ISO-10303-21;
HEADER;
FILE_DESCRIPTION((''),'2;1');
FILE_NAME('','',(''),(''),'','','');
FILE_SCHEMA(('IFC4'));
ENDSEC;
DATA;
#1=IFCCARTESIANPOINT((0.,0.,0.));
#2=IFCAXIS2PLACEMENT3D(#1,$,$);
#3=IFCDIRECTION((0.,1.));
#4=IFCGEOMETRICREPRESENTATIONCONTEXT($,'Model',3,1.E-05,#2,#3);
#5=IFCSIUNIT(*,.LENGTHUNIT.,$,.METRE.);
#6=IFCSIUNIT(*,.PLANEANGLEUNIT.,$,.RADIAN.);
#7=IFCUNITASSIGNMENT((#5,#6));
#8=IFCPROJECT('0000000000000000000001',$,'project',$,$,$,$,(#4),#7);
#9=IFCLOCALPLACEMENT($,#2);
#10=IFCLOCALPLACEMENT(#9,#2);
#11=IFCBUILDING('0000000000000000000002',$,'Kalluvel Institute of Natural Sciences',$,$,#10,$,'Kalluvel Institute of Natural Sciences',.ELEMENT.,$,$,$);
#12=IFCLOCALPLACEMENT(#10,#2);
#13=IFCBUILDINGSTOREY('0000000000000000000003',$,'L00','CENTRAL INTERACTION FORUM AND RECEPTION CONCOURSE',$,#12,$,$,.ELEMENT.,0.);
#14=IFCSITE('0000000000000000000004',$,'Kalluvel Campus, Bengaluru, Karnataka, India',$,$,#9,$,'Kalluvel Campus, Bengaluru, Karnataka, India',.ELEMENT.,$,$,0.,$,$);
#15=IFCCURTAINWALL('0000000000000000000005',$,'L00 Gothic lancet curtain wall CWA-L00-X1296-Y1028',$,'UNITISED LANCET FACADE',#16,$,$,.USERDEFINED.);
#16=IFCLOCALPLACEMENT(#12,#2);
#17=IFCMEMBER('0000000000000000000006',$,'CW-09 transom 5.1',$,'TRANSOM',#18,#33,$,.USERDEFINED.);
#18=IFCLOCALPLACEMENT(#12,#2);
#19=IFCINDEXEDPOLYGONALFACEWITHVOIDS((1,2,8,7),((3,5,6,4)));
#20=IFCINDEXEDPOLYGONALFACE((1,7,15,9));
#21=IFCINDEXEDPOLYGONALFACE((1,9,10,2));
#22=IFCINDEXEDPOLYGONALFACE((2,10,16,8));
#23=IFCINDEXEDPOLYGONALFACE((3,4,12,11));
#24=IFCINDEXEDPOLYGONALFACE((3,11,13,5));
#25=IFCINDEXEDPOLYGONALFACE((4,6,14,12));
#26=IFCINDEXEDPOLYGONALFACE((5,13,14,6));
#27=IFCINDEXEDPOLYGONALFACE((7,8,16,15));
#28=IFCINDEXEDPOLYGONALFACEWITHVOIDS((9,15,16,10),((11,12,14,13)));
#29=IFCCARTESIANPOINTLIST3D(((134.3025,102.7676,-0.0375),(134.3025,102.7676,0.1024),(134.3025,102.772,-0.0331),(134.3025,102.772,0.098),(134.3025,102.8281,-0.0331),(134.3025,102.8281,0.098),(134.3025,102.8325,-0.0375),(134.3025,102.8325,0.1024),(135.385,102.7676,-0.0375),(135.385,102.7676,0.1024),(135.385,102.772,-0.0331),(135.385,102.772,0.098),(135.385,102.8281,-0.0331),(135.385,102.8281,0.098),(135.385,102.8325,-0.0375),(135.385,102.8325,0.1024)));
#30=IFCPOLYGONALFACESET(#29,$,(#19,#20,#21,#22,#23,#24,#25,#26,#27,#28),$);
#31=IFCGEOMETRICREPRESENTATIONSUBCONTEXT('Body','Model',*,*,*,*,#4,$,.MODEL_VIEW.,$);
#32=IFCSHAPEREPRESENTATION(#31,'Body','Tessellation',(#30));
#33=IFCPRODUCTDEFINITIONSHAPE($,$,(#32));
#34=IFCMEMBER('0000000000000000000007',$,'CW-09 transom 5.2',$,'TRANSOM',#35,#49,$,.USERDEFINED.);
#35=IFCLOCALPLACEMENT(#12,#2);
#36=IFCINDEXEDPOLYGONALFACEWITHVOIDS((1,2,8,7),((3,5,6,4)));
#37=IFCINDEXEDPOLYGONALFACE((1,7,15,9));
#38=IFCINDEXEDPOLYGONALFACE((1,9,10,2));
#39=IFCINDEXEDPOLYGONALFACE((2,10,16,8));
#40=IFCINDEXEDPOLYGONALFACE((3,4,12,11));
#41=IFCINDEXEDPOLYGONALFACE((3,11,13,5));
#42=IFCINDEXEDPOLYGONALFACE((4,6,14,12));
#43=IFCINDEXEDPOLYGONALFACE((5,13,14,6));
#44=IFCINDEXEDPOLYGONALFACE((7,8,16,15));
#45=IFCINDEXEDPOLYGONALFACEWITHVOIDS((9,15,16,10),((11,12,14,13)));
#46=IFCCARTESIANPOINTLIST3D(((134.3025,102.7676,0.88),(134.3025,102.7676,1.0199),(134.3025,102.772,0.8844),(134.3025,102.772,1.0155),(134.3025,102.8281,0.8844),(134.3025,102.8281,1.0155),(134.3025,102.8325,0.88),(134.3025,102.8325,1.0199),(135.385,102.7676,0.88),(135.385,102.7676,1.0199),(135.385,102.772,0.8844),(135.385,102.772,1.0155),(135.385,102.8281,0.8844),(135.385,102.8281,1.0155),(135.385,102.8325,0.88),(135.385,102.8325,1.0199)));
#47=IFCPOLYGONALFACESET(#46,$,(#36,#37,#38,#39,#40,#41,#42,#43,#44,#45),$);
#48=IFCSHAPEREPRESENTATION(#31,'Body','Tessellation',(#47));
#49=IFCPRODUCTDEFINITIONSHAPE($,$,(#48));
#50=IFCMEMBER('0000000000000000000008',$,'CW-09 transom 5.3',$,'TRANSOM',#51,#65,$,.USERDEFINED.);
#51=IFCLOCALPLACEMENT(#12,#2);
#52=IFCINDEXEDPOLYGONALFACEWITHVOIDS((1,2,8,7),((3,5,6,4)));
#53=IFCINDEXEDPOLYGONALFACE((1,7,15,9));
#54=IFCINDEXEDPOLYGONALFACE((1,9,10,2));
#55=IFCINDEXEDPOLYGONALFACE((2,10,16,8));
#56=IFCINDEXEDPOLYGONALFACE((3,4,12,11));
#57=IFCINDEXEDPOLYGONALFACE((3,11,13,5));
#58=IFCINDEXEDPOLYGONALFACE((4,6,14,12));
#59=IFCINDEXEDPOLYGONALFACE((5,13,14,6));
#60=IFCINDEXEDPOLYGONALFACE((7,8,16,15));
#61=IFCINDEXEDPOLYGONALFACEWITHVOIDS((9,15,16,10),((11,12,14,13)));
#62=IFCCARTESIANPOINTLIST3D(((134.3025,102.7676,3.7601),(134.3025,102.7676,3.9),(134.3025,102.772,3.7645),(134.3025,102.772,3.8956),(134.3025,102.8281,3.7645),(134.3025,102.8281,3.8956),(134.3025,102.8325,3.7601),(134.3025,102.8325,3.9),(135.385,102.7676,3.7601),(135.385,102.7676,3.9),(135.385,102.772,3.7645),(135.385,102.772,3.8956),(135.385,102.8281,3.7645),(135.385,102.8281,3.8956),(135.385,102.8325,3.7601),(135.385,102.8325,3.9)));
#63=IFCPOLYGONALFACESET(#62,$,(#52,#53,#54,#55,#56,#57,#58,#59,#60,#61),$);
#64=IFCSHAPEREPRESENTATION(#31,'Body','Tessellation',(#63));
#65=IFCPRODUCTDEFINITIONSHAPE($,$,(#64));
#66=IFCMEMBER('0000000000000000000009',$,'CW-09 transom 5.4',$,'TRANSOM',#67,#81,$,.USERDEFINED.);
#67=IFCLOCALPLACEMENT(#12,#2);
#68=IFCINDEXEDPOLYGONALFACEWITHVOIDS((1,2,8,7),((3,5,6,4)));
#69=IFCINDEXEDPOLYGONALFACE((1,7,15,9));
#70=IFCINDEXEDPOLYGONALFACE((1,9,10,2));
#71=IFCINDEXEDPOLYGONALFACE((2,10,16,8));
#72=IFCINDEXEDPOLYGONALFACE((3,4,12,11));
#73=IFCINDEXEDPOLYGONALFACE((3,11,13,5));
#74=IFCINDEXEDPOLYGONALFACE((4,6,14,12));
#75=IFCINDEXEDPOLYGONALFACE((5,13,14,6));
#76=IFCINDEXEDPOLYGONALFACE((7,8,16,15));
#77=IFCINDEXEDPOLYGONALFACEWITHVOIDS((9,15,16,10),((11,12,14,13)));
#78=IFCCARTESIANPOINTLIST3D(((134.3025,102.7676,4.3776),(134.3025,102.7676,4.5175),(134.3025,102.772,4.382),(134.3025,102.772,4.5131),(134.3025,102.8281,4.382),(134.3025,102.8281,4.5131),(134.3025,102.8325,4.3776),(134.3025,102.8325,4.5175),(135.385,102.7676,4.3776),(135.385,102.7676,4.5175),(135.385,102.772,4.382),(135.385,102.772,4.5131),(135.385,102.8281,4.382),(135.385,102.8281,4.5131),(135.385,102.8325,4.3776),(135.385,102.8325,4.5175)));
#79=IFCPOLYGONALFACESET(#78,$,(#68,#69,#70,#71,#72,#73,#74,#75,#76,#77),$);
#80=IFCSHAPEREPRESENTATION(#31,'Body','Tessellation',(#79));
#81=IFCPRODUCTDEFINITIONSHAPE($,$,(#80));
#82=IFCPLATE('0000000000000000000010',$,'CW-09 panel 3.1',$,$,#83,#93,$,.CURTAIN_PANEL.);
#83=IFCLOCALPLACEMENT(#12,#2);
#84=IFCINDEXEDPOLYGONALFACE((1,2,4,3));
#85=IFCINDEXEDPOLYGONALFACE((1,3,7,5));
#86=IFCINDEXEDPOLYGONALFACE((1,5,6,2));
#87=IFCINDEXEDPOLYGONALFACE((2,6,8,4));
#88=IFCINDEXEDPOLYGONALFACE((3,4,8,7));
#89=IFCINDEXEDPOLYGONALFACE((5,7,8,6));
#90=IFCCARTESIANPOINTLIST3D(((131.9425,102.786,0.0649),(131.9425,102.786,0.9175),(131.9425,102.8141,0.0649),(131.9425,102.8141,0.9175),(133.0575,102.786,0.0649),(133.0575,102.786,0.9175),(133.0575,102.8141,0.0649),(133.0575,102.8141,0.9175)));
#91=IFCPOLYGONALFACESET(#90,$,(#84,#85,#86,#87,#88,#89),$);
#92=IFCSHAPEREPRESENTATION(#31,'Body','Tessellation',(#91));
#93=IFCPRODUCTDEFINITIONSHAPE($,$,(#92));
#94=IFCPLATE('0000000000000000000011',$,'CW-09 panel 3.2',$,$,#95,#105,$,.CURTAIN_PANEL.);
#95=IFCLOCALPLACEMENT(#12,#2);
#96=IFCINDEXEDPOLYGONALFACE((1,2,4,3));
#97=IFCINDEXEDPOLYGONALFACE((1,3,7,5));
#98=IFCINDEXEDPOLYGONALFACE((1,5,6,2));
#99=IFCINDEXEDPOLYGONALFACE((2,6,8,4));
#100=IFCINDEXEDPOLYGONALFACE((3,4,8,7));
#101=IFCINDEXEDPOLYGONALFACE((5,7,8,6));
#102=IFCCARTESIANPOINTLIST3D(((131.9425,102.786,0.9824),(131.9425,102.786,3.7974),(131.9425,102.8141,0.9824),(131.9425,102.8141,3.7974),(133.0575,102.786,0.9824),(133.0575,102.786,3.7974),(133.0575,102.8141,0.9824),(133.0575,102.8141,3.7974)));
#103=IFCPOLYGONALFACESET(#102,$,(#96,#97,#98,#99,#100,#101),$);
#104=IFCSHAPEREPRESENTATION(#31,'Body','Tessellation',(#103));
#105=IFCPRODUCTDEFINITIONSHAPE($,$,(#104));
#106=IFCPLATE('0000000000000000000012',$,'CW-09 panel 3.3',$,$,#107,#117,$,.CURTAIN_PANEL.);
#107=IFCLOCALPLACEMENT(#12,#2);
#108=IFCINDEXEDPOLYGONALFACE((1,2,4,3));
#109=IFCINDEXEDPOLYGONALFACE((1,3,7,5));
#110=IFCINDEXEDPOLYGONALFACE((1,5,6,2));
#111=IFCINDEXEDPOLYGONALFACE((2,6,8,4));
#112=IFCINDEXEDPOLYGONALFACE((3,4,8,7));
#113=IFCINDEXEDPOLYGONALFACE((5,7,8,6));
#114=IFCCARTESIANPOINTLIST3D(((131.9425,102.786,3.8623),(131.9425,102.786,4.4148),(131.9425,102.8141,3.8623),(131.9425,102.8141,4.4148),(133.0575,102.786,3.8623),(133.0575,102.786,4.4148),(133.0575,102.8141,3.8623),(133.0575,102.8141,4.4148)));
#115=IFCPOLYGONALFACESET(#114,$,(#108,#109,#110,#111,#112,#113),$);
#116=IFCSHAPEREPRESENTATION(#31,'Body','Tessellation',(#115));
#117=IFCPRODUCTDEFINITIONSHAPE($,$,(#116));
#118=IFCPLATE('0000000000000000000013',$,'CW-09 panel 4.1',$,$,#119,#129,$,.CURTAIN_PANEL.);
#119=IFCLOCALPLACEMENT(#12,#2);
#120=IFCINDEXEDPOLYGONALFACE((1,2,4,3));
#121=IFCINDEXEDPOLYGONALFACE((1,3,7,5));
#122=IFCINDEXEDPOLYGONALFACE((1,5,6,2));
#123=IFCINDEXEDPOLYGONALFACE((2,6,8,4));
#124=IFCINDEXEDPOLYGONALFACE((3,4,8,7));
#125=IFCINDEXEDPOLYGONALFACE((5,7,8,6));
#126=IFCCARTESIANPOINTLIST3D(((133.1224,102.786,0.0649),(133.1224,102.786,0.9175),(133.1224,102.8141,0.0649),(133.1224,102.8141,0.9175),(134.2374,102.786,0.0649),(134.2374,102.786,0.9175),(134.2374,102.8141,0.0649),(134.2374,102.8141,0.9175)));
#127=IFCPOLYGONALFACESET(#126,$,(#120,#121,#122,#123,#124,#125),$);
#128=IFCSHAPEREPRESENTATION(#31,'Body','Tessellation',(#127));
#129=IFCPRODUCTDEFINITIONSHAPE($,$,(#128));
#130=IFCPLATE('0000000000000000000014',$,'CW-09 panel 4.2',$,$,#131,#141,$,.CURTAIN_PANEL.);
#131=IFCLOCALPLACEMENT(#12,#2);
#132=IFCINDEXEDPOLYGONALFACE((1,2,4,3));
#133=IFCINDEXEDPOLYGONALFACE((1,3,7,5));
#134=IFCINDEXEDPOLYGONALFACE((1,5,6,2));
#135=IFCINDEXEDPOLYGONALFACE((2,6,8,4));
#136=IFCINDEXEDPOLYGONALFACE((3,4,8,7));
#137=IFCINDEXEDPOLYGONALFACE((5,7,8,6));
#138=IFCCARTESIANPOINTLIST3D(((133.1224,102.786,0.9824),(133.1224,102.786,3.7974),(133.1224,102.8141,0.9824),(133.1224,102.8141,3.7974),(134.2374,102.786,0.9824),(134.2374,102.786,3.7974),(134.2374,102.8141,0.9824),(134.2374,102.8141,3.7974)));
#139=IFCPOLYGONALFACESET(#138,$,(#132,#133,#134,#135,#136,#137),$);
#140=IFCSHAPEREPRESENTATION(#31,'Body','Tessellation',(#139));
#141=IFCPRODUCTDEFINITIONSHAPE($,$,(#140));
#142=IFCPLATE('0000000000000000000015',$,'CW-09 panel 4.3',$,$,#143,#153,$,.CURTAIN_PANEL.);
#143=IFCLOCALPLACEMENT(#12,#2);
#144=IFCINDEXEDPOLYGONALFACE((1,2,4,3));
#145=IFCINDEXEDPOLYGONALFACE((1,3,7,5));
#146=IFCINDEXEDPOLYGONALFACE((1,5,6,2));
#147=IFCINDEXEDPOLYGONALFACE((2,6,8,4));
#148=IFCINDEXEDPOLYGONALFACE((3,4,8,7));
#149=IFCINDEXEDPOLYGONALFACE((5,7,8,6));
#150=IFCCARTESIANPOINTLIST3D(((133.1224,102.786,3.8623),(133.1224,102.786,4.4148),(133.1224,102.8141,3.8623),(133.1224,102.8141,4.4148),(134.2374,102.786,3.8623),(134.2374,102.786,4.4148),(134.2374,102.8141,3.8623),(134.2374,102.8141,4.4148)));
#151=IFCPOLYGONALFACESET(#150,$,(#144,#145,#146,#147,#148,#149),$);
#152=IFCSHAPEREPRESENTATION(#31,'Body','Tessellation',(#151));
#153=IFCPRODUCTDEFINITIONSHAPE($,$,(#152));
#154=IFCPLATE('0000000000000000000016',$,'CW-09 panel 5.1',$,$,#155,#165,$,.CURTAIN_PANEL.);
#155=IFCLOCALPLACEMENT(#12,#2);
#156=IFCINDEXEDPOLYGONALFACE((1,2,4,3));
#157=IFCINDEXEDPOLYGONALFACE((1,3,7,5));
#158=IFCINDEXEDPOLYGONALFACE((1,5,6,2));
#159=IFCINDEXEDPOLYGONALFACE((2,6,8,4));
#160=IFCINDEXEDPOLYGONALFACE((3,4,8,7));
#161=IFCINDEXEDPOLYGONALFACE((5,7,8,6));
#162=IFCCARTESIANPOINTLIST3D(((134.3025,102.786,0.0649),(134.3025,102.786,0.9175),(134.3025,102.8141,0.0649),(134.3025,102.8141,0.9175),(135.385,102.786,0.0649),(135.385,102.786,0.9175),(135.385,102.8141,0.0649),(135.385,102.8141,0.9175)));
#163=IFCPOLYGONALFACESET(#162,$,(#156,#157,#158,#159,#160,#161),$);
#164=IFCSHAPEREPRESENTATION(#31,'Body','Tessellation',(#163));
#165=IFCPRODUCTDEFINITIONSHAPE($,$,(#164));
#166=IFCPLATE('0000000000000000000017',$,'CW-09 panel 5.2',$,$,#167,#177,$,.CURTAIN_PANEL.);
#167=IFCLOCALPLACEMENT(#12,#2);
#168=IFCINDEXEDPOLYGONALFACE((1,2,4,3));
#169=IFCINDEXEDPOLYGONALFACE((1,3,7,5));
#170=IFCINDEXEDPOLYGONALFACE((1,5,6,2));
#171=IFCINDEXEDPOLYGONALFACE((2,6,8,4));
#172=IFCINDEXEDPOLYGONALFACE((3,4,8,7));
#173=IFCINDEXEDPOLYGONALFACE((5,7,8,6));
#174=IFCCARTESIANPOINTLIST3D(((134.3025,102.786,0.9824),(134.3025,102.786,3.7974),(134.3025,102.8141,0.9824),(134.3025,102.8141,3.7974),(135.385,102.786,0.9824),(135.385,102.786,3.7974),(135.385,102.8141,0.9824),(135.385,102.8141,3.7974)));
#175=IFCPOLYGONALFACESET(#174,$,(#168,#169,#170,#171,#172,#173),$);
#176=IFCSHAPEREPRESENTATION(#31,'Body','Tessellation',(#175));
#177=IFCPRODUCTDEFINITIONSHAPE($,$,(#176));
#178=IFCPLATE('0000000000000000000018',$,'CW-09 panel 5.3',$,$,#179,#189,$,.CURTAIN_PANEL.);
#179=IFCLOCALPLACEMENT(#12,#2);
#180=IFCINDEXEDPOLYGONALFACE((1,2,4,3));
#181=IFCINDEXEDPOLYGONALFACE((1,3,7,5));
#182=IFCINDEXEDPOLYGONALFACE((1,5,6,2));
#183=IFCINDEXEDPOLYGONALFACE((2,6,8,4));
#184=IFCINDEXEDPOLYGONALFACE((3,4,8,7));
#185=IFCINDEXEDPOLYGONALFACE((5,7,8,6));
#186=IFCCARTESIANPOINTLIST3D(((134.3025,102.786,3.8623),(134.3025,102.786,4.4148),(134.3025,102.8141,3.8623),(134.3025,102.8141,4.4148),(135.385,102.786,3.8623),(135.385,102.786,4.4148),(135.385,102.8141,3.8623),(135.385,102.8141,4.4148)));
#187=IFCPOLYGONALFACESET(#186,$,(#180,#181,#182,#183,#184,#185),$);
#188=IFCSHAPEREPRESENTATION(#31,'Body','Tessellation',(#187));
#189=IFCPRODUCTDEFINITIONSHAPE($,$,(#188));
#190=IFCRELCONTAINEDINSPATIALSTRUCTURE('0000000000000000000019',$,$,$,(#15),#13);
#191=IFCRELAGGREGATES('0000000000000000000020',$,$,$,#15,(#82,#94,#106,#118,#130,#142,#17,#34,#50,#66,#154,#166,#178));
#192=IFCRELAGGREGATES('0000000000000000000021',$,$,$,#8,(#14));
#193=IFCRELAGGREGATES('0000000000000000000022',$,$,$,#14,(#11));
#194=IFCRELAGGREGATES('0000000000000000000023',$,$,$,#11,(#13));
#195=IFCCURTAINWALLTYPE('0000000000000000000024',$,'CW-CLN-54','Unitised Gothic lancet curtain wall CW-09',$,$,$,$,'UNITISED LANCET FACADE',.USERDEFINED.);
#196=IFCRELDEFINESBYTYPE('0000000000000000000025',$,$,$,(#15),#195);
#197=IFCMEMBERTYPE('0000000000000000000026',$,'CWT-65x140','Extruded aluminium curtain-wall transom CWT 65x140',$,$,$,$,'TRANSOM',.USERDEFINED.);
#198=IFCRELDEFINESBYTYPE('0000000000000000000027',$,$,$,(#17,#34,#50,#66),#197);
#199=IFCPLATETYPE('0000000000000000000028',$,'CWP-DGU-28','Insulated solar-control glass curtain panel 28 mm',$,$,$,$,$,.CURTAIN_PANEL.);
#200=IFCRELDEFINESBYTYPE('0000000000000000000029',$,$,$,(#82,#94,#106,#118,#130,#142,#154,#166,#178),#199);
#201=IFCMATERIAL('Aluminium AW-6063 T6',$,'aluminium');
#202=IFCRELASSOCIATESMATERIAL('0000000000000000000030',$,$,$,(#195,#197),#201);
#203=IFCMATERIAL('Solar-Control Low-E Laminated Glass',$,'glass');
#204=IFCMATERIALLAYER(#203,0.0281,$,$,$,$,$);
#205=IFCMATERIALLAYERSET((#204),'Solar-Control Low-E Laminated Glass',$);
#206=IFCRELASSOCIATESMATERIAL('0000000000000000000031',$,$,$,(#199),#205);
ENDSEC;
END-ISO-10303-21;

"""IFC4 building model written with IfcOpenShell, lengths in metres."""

from ifc_helpers import new_model, si_unit, direction, frame, origin, origin_2d, place, context, subcontext, project, spatial, rectangle, hollow_rectangle, extrude, material, layer, layer_set, material_profile, profile_set, type_object, element, aggregate, save


model = new_model("IFC4")

# Units and contexts
model_context = context("Model", 3, precision=1e-05, world=origin(), true_north=direction((0.0, 1.0)))
body_context = subcontext(model_context, "Body", "Model", "MODEL_VIEW")
ifc_project = project(units=[si_unit("LENGTHUNIT", "METRE"), si_unit("PLANEANGLEUNIT", "RADIAN")], contexts=[model_context])

# Site, building, storey
site_placement = place(None, origin())
site = spatial("IfcSite", under=ifc_project, at=site_placement, Name="Kalluvel Campus, Bengaluru, Karnataka, India", LongName="Kalluvel Campus, Bengaluru, Karnataka, India", CompositionType="ELEMENT", RefElevation=0.0)
building_placement = place(site_placement, origin())
building = spatial("IfcBuilding", under=site, at=building_placement, Name="Kalluvel Institute of Natural Sciences", LongName="Kalluvel Institute of Natural Sciences", CompositionType="ELEMENT")
storey_placement = place(building_placement, origin())
storey = spatial("IfcBuildingStorey", under=building, at=storey_placement, Name="L00", Description="CENTRAL INTERACTION FORUM AND RECEPTION CONCOURSE", CompositionType="ELEMENT", Elevation=0.0)

# Curtain wall, members, plates
ifc_material_1 = material(Name="Aluminium AW-6063 T6", Category="aluminium")
curtain_wall_type = type_object("IfcCurtainWallType", Name="CW-CLN-54", Description="Unitised Gothic lancet curtain wall CW-09", ElementType="UNITISED LANCET FACADE", PredefinedType="USERDEFINED", material=ifc_material_1)
curtain_wall_placement = place(storey_placement, origin())
curtain_wall = element("IfcCurtainWall", 1, at=curtain_wall_placement, inside=storey, type_object=curtain_wall_type, Name="L00 Gothic lancet curtain wall CWA-L00-X1296-Y1028", ObjectType="UNITISED LANCET FACADE", PredefinedType="USERDEFINED")
ifc_material_profile_1 = material_profile(ifc_material_1, hollow_rectangle(XDim=0.0649, YDim=0.1399, WallThickness=0.0044, at=origin_2d()), Name="CWT 65x140")
ifc_profile_set_1 = profile_set([ifc_material_profile_1], Name="Aluminium AW-6063 T6")
member_type_1 = type_object("IfcMemberType", Name="CWT-65x140", Description="Extruded aluminium curtain-wall transom CWT 65x140", ElementType="TRANSOM", PredefinedType="USERDEFINED", material=ifc_profile_set_1)
member_1_placement = place(storey_placement, frame((134.3025, 102.8, 0.0325), z_axis=(1.0, 0.0, 0.0), x_axis=(0.0, 1.0, 0.0)))
member_1 = element("IfcMember", 2, at=member_1_placement, type_object=member_type_1, Name="CW-09 transom 5.1", ObjectType="TRANSOM", PredefinedType="USERDEFINED", context=body_context, shape_type="SweptSolid", body=[
    extrude(hollow_rectangle(XDim=0.0649, YDim=0.1399, WallThickness=0.0044, at=origin_2d()), origin(), (0.0, 0.0, 1.0), 1.0825),
])
member_2_placement = place(storey_placement, frame((134.3025, 102.8, 0.95), z_axis=(1.0, 0.0, 0.0), x_axis=(0.0, 1.0, 0.0)))
member_2 = element("IfcMember", 3, at=member_2_placement, type_object=member_type_1, Name="CW-09 transom 5.2", ObjectType="TRANSOM", PredefinedType="USERDEFINED", context=body_context, shape_type="SweptSolid", body=[
    extrude(hollow_rectangle(XDim=0.0649, YDim=0.1399, WallThickness=0.0044, at=origin_2d()), origin(), (0.0, 0.0, 1.0), 1.0825),
])
member_3_placement = place(storey_placement, frame((134.3025, 102.8, 3.8301), z_axis=(1.0, 0.0, 0.0), x_axis=(0.0, 1.0, 0.0)))
member_3 = element("IfcMember", 4, at=member_3_placement, type_object=member_type_1, Name="CW-09 transom 5.3", ObjectType="TRANSOM", PredefinedType="USERDEFINED", context=body_context, shape_type="SweptSolid", body=[
    extrude(hollow_rectangle(XDim=0.0649, YDim=0.1399, WallThickness=0.0044, at=origin_2d()), origin(), (0.0, 0.0, 1.0), 1.0825),
])
member_4_placement = place(storey_placement, frame((134.3025, 102.8, 4.4475), z_axis=(1.0, 0.0, 0.0), x_axis=(0.0, 1.0, 0.0)))
member_4 = element("IfcMember", 5, at=member_4_placement, type_object=member_type_1, Name="CW-09 transom 5.4", ObjectType="TRANSOM", PredefinedType="USERDEFINED", context=body_context, shape_type="SweptSolid", body=[
    extrude(hollow_rectangle(XDim=0.0649, YDim=0.1399, WallThickness=0.0044, at=origin_2d()), origin(), (0.0, 0.0, 1.0), 1.0825),
])
ifc_material_2 = material(Name="Solar-Control Low-E Laminated Glass", Category="glass")
ifc_layer = layer(ifc_material_2, 0.0281)
ifc_layer_set = layer_set([ifc_layer], Name="Solar-Control Low-E Laminated Glass")
plate_type = type_object("IfcPlateType", Name="CWP-DGU-28", Description="Insulated solar-control glass curtain panel 28 mm", PredefinedType="CURTAIN_PANEL", material=ifc_layer_set)
plate_1_placement = place(storey_placement, frame((132.5, 102.8, 0.0649), z_axis=(0.0, 0.0, 1.0), x_axis=(1.0, 0.0, 0.0)))
plate_1 = element("IfcPlate", 6, at=plate_1_placement, type_object=plate_type, Name="CW-09 panel 3.1", PredefinedType="CURTAIN_PANEL", context=body_context, shape_type="SweptSolid", body=[
    extrude(rectangle(XDim=1.115, YDim=0.0281, at=origin_2d()), origin(), (0.0, 0.0, 1.0), 0.8525),
])
plate_2_placement = place(storey_placement, frame((132.5, 102.8, 0.9824), z_axis=(0.0, 0.0, 1.0), x_axis=(1.0, 0.0, 0.0)))
plate_2 = element("IfcPlate", 7, at=plate_2_placement, type_object=plate_type, Name="CW-09 panel 3.2", PredefinedType="CURTAIN_PANEL", context=body_context, shape_type="SweptSolid", body=[
    extrude(rectangle(XDim=1.115, YDim=0.0281, at=origin_2d()), origin(), (0.0, 0.0, 1.0), 2.8149),
])
plate_3_placement = place(storey_placement, frame((132.5, 102.8, 3.8623), z_axis=(0.0, 0.0, 1.0), x_axis=(1.0, 0.0, 0.0)))
plate_3 = element("IfcPlate", 8, at=plate_3_placement, type_object=plate_type, Name="CW-09 panel 3.3", PredefinedType="CURTAIN_PANEL", context=body_context, shape_type="SweptSolid", body=[
    extrude(rectangle(XDim=1.115, YDim=0.0281, at=origin_2d()), origin(), (0.0, 0.0, 1.0), 0.5525),
])
plate_4_placement = place(storey_placement, frame((133.6799, 102.8, 0.0649), z_axis=(0.0, 0.0, 1.0), x_axis=(1.0, 0.0, 0.0)))
plate_4 = element("IfcPlate", 9, at=plate_4_placement, type_object=plate_type, Name="CW-09 panel 4.1", PredefinedType="CURTAIN_PANEL", context=body_context, shape_type="SweptSolid", body=[
    extrude(rectangle(XDim=1.115, YDim=0.0281, at=origin_2d()), origin(), (0.0, 0.0, 1.0), 0.8525),
])
plate_5_placement = place(storey_placement, frame((133.6799, 102.8, 0.9824), z_axis=(0.0, 0.0, 1.0), x_axis=(1.0, 0.0, 0.0)))
plate_5 = element("IfcPlate", 10, at=plate_5_placement, type_object=plate_type, Name="CW-09 panel 4.2", PredefinedType="CURTAIN_PANEL", context=body_context, shape_type="SweptSolid", body=[
    extrude(rectangle(XDim=1.115, YDim=0.0281, at=origin_2d()), origin(), (0.0, 0.0, 1.0), 2.8149),
])
plate_6_placement = place(storey_placement, frame((133.6799, 102.8, 3.8623), z_axis=(0.0, 0.0, 1.0), x_axis=(1.0, 0.0, 0.0)))
plate_6 = element("IfcPlate", 11, at=plate_6_placement, type_object=plate_type, Name="CW-09 panel 4.3", PredefinedType="CURTAIN_PANEL", context=body_context, shape_type="SweptSolid", body=[
    extrude(rectangle(XDim=1.115, YDim=0.0281, at=origin_2d()), origin(), (0.0, 0.0, 1.0), 0.5525),
])
plate_7_placement = place(storey_placement, frame((134.8438, 102.8, 0.0649), z_axis=(0.0, 0.0, 1.0), x_axis=(1.0, 0.0, 0.0)))
plate_7 = element("IfcPlate", 12, at=plate_7_placement, type_object=plate_type, Name="CW-09 panel 5.1", PredefinedType="CURTAIN_PANEL", context=body_context, shape_type="SweptSolid", body=[
    extrude(rectangle(XDim=1.0825, YDim=0.0281, at=origin_2d()), origin(), (0.0, 0.0, 1.0), 0.8525),
])
plate_8_placement = place(storey_placement, frame((134.8438, 102.8, 0.9824), z_axis=(0.0, 0.0, 1.0), x_axis=(1.0, 0.0, 0.0)))
plate_8 = element("IfcPlate", 13, at=plate_8_placement, type_object=plate_type, Name="CW-09 panel 5.2", PredefinedType="CURTAIN_PANEL", context=body_context, shape_type="SweptSolid", body=[
    extrude(rectangle(XDim=1.0825, YDim=0.0281, at=origin_2d()), origin(), (0.0, 0.0, 1.0), 2.8149),
])
plate_9_placement = place(storey_placement, frame((134.8438, 102.8, 3.8623), z_axis=(0.0, 0.0, 1.0), x_axis=(1.0, 0.0, 0.0)))
plate_9 = element("IfcPlate", 14, at=plate_9_placement, type_object=plate_type, Name="CW-09 panel 5.3", PredefinedType="CURTAIN_PANEL", context=body_context, shape_type="SweptSolid", body=[
    extrude(rectangle(XDim=1.0825, YDim=0.0281, at=origin_2d()), origin(), (0.0, 0.0, 1.0), 0.5525),
])
aggregate(curtain_wall, [plate_1, plate_2, plate_3, plate_4, plate_5, plate_6, member_1, member_2, member_3, member_4, plate_7, plate_8, plate_9])

save(model, "model.ifc")
